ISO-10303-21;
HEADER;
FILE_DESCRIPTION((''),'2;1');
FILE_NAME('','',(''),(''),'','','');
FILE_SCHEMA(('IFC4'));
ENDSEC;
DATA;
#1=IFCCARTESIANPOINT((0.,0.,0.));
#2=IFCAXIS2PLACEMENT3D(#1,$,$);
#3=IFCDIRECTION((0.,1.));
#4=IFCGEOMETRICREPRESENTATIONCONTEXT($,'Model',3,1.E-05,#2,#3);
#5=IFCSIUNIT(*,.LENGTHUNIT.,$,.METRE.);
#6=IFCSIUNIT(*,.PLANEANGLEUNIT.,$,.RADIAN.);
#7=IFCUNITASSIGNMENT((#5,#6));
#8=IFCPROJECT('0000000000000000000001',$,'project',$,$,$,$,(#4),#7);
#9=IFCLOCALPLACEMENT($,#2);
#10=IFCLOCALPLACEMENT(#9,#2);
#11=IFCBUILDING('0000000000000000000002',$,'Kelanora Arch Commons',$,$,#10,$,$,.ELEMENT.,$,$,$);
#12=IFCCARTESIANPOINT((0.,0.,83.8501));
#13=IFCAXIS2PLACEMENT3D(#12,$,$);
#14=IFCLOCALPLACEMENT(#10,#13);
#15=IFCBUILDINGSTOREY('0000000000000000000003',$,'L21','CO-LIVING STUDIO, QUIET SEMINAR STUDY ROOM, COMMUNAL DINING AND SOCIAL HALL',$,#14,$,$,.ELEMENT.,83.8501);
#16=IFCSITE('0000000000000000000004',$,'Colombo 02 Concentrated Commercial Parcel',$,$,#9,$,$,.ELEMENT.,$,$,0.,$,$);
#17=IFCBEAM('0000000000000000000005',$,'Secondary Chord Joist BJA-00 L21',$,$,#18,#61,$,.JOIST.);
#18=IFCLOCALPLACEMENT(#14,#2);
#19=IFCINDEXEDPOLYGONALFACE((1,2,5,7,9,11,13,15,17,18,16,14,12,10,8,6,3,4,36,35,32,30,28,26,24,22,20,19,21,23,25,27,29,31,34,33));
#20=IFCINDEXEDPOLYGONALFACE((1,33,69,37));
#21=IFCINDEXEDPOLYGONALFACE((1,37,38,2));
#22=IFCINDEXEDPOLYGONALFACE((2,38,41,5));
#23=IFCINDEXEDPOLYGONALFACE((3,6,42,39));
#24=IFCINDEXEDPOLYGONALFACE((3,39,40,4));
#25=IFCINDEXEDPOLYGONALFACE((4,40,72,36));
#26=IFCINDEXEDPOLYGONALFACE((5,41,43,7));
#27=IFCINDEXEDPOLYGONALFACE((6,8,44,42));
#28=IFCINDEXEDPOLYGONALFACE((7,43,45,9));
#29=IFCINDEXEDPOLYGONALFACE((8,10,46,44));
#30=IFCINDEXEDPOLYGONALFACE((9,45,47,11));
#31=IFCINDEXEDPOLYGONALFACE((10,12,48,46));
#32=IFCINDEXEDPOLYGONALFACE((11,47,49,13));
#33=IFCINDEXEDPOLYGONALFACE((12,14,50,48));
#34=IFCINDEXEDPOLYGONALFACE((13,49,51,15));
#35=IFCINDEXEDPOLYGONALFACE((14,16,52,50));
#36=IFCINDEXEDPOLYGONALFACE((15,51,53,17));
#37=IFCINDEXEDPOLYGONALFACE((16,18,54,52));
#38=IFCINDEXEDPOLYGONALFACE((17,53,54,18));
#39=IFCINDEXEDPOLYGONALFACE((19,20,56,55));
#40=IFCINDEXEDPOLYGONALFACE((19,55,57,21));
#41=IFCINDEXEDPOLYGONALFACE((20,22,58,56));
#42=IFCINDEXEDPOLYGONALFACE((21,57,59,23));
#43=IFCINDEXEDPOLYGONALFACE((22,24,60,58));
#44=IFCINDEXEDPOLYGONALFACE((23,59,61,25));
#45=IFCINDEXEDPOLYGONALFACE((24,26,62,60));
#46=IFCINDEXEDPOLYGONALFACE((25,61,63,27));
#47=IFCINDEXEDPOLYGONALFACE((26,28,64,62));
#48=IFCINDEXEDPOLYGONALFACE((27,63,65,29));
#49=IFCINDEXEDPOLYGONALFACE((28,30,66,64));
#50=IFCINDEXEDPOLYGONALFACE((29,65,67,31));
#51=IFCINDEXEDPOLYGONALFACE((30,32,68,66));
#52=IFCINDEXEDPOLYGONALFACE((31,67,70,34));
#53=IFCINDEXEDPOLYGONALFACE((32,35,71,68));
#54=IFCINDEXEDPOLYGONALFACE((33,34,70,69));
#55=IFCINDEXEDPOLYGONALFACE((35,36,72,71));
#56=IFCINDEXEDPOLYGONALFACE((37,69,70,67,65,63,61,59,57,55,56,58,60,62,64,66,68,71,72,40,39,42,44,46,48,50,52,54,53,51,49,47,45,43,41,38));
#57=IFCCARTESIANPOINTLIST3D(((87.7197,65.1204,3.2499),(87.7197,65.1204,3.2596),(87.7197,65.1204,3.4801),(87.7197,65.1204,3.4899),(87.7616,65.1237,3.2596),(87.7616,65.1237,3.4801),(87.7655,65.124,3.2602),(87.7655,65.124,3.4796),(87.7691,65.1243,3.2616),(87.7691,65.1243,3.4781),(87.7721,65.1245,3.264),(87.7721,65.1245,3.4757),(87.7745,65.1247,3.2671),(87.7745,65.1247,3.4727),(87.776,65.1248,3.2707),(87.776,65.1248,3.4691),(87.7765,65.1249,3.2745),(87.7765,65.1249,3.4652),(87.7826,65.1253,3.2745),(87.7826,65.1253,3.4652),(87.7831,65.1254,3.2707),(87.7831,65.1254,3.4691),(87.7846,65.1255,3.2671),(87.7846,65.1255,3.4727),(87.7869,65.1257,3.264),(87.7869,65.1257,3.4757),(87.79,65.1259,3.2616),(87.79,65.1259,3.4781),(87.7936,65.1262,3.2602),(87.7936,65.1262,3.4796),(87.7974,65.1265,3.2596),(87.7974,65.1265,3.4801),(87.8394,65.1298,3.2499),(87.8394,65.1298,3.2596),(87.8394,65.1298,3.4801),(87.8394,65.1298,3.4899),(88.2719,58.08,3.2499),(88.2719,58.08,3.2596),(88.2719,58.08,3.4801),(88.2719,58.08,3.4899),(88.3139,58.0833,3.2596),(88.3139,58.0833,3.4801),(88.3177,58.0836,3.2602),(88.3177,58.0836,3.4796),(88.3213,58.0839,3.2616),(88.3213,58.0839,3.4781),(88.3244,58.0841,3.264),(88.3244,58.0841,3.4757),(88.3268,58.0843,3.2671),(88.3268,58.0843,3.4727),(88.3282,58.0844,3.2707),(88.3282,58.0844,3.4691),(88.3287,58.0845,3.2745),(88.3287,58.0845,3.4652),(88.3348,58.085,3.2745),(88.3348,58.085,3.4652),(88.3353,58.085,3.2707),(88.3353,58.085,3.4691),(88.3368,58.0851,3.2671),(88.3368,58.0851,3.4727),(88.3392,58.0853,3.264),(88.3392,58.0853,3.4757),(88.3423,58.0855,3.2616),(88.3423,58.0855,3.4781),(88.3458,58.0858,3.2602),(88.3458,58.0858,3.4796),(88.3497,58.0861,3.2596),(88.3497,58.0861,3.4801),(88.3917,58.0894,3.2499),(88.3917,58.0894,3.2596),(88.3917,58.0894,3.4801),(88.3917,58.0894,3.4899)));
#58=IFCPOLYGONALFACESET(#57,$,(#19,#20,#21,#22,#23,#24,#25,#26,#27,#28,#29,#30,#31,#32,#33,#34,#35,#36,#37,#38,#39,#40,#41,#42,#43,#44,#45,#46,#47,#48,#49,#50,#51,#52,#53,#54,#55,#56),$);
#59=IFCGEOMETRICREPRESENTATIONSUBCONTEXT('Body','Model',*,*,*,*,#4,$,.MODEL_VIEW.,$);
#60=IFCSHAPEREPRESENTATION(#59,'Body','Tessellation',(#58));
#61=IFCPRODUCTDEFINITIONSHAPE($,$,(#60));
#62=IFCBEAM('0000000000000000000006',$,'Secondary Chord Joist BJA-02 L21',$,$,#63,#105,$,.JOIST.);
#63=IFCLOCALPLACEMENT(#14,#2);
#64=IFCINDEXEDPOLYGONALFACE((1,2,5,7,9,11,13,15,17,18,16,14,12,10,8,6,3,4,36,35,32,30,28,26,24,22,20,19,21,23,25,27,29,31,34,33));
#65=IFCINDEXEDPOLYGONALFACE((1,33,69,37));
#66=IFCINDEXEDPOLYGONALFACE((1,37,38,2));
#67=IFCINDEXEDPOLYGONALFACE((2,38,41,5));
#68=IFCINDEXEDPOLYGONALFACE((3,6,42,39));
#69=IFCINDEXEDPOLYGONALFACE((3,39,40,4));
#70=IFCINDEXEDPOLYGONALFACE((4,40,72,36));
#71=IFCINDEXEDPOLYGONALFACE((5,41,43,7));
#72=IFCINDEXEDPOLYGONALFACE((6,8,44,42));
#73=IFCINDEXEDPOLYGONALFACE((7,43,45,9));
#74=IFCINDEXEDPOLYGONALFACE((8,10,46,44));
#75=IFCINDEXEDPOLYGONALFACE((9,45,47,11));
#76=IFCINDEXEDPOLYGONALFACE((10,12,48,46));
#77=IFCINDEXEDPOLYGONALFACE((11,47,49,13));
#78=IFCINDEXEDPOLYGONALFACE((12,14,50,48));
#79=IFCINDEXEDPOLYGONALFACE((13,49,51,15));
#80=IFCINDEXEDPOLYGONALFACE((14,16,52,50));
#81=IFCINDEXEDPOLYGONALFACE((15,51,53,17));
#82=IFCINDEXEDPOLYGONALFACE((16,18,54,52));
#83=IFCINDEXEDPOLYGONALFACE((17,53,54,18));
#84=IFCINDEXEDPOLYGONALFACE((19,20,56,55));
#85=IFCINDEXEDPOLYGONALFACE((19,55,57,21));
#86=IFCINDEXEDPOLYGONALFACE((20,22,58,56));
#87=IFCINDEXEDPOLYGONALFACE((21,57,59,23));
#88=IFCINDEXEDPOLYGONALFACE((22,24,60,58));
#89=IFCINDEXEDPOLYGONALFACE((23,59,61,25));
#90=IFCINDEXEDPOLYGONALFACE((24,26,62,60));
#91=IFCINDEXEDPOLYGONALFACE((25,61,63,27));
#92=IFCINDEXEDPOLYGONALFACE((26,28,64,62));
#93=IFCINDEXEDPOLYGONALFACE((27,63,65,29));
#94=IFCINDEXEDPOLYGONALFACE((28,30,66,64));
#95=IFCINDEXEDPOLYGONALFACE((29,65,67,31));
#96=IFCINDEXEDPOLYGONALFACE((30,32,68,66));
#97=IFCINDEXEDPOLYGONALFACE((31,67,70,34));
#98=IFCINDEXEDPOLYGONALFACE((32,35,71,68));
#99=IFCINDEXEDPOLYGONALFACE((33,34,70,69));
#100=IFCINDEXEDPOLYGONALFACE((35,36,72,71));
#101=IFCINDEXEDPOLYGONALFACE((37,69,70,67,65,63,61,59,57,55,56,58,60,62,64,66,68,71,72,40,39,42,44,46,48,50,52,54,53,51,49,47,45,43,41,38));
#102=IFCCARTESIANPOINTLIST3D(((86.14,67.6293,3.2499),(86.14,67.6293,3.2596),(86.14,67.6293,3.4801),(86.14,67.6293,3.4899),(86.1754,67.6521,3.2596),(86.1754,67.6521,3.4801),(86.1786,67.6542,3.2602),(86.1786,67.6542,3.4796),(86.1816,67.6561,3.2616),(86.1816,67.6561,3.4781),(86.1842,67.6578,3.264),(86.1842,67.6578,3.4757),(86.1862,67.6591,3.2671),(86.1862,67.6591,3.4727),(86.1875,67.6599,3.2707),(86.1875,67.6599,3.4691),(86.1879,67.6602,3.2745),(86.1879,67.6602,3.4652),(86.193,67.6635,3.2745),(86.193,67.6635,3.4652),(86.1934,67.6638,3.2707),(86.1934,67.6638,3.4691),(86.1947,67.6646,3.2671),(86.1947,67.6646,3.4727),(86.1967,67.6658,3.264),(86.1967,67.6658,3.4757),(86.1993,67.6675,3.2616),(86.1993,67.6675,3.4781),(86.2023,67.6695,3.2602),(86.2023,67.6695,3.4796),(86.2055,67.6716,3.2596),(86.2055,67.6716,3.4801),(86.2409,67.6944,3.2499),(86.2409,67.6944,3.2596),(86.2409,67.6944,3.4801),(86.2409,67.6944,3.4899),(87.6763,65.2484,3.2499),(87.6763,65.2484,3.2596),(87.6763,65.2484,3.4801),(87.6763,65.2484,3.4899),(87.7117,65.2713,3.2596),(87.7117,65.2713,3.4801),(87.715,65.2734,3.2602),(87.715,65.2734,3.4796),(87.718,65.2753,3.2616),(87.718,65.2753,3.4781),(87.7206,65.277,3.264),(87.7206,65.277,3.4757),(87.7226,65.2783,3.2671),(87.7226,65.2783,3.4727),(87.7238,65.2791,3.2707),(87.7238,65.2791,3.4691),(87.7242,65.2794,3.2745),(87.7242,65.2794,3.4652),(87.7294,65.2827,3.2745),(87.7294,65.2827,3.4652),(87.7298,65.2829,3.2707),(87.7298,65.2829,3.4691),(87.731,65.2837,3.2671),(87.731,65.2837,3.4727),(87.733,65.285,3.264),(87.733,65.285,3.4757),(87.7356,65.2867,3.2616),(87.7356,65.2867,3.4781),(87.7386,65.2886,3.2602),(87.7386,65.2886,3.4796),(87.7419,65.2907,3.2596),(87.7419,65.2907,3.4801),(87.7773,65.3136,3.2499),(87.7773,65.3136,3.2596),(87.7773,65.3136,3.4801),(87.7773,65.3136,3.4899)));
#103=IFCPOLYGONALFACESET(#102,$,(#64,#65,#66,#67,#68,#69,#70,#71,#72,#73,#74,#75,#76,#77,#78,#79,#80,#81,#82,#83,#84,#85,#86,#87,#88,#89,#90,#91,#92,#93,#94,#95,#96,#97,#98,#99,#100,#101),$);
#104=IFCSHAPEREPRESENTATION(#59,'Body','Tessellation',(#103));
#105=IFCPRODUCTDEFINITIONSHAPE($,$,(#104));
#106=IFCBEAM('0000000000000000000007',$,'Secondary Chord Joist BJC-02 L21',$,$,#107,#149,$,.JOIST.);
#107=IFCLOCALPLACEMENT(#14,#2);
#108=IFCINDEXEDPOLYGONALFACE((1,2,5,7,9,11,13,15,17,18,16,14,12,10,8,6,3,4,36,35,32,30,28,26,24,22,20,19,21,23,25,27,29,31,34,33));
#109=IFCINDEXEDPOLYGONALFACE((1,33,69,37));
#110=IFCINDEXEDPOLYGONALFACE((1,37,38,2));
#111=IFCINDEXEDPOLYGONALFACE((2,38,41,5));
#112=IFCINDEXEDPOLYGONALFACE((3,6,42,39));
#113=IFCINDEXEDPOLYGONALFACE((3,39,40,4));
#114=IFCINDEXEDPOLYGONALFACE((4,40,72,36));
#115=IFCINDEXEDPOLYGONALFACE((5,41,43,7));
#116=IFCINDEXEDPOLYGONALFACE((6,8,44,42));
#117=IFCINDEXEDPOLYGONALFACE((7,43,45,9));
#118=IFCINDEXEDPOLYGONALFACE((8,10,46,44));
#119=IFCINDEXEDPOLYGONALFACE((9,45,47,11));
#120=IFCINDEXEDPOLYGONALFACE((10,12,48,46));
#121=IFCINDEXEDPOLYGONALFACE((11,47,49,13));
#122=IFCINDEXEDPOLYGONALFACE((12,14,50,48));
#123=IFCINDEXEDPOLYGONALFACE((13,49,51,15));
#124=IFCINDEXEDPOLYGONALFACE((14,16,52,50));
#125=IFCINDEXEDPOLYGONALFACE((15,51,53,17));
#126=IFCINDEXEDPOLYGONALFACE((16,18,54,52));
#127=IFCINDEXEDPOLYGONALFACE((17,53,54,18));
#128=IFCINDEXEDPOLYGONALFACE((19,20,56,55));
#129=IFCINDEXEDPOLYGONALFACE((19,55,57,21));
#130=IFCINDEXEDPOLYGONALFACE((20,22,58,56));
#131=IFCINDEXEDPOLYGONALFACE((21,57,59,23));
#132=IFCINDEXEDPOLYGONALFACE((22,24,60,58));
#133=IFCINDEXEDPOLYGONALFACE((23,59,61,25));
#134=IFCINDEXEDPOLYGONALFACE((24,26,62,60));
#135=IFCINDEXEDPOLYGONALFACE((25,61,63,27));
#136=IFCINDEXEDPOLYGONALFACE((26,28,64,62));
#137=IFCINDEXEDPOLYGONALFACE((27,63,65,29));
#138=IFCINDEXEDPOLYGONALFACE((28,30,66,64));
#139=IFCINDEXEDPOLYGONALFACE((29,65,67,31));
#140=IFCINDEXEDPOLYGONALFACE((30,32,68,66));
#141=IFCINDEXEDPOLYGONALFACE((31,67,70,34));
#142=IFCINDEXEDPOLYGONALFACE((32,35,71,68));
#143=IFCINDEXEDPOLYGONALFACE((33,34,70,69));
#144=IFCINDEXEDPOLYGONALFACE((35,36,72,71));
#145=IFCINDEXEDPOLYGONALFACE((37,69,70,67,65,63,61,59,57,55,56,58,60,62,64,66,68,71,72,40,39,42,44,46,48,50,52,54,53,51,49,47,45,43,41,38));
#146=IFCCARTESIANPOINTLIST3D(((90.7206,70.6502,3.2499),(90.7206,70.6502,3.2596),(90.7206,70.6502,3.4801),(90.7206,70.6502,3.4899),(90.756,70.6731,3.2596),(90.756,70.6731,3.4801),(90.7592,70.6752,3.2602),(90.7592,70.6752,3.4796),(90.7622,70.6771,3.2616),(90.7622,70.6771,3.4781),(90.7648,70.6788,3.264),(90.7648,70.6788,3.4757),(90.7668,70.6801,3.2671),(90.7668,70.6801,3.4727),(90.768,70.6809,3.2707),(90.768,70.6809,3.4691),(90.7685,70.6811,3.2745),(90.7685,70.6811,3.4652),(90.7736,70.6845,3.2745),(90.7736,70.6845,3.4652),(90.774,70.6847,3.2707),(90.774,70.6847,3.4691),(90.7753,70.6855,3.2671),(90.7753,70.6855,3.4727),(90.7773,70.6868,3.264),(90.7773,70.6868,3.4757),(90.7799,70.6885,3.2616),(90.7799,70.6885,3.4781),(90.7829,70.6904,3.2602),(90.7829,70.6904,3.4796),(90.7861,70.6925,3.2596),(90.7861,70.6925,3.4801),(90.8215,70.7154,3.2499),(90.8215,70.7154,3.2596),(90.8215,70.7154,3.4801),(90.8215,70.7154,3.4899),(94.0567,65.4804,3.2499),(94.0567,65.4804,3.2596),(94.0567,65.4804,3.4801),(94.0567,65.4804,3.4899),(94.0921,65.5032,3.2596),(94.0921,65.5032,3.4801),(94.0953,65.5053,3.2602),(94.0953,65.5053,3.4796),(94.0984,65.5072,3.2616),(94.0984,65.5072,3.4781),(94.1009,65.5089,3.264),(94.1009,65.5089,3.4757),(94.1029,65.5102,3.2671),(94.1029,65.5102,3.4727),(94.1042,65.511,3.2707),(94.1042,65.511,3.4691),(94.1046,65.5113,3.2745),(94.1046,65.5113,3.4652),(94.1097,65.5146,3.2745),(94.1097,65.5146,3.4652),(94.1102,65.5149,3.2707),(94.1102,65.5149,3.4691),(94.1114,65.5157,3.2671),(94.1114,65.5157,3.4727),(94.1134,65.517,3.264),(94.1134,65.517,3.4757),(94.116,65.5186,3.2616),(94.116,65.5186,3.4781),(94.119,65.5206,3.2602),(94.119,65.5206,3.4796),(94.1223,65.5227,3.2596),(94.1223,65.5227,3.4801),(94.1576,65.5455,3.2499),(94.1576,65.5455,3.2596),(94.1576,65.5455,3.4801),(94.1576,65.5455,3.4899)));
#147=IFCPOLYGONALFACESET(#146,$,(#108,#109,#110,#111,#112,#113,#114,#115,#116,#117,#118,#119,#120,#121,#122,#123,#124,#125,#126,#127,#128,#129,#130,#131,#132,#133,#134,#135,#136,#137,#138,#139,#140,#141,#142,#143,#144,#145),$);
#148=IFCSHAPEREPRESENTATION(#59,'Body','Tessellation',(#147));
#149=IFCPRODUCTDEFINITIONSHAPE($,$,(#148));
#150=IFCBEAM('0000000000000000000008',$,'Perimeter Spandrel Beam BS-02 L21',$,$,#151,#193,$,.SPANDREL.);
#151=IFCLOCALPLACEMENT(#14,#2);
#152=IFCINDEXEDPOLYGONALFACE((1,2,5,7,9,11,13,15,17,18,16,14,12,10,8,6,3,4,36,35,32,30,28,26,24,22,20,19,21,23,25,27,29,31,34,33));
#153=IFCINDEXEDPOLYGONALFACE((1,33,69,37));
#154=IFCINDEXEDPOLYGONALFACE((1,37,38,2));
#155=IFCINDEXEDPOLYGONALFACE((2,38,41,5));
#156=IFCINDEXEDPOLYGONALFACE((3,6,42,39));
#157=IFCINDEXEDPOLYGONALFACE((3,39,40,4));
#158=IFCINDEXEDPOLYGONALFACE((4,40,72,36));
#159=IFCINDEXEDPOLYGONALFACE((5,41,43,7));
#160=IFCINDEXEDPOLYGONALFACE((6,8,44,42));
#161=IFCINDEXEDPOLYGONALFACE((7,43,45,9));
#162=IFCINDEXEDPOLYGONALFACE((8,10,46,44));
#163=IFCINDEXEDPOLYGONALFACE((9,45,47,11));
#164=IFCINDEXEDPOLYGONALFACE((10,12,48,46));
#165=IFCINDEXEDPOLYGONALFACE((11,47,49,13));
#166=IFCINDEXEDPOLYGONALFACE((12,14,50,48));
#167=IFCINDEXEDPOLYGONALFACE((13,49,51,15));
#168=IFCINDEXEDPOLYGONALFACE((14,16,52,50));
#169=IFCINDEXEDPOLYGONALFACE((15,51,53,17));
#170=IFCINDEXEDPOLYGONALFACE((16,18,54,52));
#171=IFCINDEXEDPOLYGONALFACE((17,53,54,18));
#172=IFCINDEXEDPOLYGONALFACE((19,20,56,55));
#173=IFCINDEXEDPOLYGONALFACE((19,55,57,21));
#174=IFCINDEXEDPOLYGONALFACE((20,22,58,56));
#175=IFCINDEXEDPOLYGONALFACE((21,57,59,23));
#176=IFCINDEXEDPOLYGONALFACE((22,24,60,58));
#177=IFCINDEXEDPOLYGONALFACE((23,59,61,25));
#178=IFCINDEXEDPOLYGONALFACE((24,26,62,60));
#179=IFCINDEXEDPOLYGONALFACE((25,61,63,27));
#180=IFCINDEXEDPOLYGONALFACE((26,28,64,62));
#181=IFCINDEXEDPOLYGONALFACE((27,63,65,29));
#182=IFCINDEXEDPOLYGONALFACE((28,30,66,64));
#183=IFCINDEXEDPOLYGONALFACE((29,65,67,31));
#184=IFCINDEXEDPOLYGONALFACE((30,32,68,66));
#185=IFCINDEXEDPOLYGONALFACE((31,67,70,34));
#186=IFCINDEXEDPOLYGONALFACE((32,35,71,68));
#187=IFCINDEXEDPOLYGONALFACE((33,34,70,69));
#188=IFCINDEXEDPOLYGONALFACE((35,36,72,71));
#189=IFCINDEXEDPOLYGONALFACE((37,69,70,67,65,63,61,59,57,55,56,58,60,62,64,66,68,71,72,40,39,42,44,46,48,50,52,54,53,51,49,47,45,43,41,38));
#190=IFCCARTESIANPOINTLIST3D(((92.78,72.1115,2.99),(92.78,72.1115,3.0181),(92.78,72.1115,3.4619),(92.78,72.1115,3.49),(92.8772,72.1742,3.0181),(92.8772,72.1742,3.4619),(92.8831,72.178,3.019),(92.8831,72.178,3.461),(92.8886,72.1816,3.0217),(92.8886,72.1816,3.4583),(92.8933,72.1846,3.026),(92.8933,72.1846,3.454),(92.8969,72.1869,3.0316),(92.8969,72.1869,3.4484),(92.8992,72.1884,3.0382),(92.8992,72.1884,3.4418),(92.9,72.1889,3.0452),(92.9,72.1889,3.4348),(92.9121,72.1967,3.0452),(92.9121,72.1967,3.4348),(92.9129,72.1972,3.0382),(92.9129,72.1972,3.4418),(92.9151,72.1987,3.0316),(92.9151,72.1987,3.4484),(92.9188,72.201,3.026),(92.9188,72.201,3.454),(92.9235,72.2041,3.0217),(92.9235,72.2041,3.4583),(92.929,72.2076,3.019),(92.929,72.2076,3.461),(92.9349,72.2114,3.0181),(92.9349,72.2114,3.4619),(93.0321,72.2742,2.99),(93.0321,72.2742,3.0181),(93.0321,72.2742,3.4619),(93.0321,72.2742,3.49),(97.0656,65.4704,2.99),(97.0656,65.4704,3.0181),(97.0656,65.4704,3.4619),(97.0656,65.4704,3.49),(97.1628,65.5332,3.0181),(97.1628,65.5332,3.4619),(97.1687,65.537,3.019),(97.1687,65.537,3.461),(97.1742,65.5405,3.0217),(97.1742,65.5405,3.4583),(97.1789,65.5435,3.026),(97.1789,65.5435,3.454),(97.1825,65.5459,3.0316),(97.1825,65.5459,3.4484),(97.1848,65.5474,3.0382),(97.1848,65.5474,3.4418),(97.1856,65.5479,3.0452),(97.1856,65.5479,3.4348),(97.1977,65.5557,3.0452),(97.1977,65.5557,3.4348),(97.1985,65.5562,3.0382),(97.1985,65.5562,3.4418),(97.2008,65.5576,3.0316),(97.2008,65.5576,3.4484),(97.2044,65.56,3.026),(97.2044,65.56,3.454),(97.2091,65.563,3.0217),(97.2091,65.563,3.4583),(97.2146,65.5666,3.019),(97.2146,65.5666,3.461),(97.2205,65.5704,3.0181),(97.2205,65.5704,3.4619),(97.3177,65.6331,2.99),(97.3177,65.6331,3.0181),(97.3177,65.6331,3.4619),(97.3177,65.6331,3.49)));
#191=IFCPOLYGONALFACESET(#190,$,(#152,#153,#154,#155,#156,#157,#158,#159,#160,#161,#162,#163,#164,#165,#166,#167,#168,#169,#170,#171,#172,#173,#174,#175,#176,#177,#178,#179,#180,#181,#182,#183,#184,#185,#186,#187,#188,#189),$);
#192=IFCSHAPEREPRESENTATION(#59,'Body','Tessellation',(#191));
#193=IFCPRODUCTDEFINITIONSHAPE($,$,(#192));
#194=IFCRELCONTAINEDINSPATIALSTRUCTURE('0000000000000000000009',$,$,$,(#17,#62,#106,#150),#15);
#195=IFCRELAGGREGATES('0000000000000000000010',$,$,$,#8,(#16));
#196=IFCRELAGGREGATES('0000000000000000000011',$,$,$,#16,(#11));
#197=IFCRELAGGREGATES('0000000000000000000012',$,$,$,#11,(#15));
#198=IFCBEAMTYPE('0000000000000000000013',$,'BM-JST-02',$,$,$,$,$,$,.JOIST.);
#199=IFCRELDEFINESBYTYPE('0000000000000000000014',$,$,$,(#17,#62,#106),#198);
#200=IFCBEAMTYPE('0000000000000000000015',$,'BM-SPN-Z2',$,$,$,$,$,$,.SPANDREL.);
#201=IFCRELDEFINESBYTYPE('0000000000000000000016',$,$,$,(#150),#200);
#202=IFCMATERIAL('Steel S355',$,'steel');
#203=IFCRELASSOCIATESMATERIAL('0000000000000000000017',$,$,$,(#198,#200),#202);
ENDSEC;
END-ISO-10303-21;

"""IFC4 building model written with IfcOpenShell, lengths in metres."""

from ifc_helpers import new_model, si_unit, direction, frame, origin, origin_2d, place, context, subcontext, project, spatial, i_section, extrude, material, material_profile, profile_set, type_object, element, save


model = new_model("IFC4")

# Units and contexts
model_context = context("Model", 3, precision=1e-05, world=origin(), true_north=direction((0.0, 1.0)))
body_context = subcontext(model_context, "Body", "Model", "MODEL_VIEW")
ifc_project = project(units=[si_unit("LENGTHUNIT", "METRE"), si_unit("PLANEANGLEUNIT", "RADIAN")], contexts=[model_context])

# Site, building, storey
site_placement = place(None, origin())
site = spatial("IfcSite", under=ifc_project, at=site_placement, Name="Colombo 02 Concentrated Commercial Parcel", CompositionType="ELEMENT", RefElevation=0.0)
building_placement = place(site_placement, origin())
building = spatial("IfcBuilding", under=site, at=building_placement, Name="Kelanora Arch Commons", CompositionType="ELEMENT")
storey_placement = place(building_placement, frame((0.0, 0.0, 83.8501)))
storey = spatial("IfcBuildingStorey", under=building, at=storey_placement, Name="L21", Description="CO-LIVING STUDIO, QUIET SEMINAR STUDY ROOM, COMMUNAL DINING AND SOCIAL HALL", CompositionType="ELEMENT", Elevation=83.8501)

# Beams
ifc_material_1 = material(Name="Steel S355", Category="steel")
ifc_material_profile_1 = material_profile(ifc_material_1, i_section(OverallWidth=0.1201, OverallDepth=0.24, WebThickness=0.0061, FlangeThickness=0.0098, FilletRadius=0.0149, at=origin_2d()), Name="IPE240")
ifc_profile_set_1 = profile_set([ifc_material_profile_1], Name="Steel S355")
beam_type_1 = type_object("IfcBeamType", Name="BM-JST-02", PredefinedType="JOIST", material=ifc_profile_set_1)
beam_1_placement = place(storey_placement, frame((88.3318, 58.0847, 3.3699), z_axis=(-0.078201, 0.996938, 0.0), x_axis=(-0.996938, -0.078201, 0.0)))
element("IfcBeam", 1, at=beam_1_placement, inside=storey, type_object=beam_type_1, Name="Secondary Chord Joist BJA-00 L21", PredefinedType="JOIST", context=body_context, shape_type="SweptSolid", body=[
    extrude(i_section(OverallWidth=0.1201, OverallDepth=0.24, WebThickness=0.0061, FlangeThickness=0.0098, FilletRadius=0.0149, at=origin_2d()), origin(), (0.0, 0.0, 1.0), 7.062),
])
beam_2_placement = place(storey_placement, frame((87.7268, 65.281, 3.3699), z_axis=(-0.542211, 0.840242, 0.0), x_axis=(-0.840242, -0.542211, 0.0)))
element("IfcBeam", 2, at=beam_2_placement, inside=storey, type_object=beam_type_1, Name="Secondary Chord Joist BJA-02 L21", PredefinedType="JOIST", context=body_context, shape_type="SweptSolid", body=[
    extrude(i_section(OverallWidth=0.1201, OverallDepth=0.24, WebThickness=0.0061, FlangeThickness=0.0098, FilletRadius=0.0149, at=origin_2d()), origin(), (0.0, 0.0, 1.0), 2.8335),
])
beam_3_placement = place(storey_placement, frame((94.1072, 65.5129, 3.3699), z_axis=(-0.542213, 0.840241, 0.0), x_axis=(-0.840241, -0.542213, 0.0)))
element("IfcBeam", 3, at=beam_3_placement, inside=storey, type_object=beam_type_1, Name="Secondary Chord Joist BJC-02 L21", PredefinedType="JOIST", context=body_context, shape_type="SweptSolid", body=[
    extrude(i_section(OverallWidth=0.1201, OverallDepth=0.24, WebThickness=0.0061, FlangeThickness=0.0098, FilletRadius=0.0149, at=origin_2d()), origin(), (0.0, 0.0, 1.0), 6.1528),
])
ifc_material_profile_2 = material_profile(ifc_material_1, i_section(OverallWidth=0.3, OverallDepth=0.5, WebThickness=0.0144, FlangeThickness=0.0281, FilletRadius=0.0271, at=origin_2d()), Name="HEB500")
ifc_profile_set_2 = profile_set([ifc_material_profile_2], Name="Steel S355")
beam_type_2 = type_object("IfcBeamType", Name="BM-SPN-Z2", PredefinedType="SPANDREL", material=ifc_profile_set_2)
beam_4_placement = place(storey_placement, frame((97.1917, 65.5518, 3.24), z_axis=(-0.542221, 0.840236, 0.0), x_axis=(-0.840236, -0.542221, 0.0)))
element("IfcBeam", 4, at=beam_4_placement, inside=storey, type_object=beam_type_2, Name="Perimeter Spandrel Beam BS-02 L21", PredefinedType="SPANDREL", context=body_context, shape_type="SweptSolid", body=[
    extrude(i_section(OverallWidth=0.3, OverallDepth=0.5, WebThickness=0.0144, FlangeThickness=0.0281, FilletRadius=0.0271, at=origin_2d()), origin(), (0.0, 0.0, 1.0), 7.9038),
])

save(model, "model.ifc")
